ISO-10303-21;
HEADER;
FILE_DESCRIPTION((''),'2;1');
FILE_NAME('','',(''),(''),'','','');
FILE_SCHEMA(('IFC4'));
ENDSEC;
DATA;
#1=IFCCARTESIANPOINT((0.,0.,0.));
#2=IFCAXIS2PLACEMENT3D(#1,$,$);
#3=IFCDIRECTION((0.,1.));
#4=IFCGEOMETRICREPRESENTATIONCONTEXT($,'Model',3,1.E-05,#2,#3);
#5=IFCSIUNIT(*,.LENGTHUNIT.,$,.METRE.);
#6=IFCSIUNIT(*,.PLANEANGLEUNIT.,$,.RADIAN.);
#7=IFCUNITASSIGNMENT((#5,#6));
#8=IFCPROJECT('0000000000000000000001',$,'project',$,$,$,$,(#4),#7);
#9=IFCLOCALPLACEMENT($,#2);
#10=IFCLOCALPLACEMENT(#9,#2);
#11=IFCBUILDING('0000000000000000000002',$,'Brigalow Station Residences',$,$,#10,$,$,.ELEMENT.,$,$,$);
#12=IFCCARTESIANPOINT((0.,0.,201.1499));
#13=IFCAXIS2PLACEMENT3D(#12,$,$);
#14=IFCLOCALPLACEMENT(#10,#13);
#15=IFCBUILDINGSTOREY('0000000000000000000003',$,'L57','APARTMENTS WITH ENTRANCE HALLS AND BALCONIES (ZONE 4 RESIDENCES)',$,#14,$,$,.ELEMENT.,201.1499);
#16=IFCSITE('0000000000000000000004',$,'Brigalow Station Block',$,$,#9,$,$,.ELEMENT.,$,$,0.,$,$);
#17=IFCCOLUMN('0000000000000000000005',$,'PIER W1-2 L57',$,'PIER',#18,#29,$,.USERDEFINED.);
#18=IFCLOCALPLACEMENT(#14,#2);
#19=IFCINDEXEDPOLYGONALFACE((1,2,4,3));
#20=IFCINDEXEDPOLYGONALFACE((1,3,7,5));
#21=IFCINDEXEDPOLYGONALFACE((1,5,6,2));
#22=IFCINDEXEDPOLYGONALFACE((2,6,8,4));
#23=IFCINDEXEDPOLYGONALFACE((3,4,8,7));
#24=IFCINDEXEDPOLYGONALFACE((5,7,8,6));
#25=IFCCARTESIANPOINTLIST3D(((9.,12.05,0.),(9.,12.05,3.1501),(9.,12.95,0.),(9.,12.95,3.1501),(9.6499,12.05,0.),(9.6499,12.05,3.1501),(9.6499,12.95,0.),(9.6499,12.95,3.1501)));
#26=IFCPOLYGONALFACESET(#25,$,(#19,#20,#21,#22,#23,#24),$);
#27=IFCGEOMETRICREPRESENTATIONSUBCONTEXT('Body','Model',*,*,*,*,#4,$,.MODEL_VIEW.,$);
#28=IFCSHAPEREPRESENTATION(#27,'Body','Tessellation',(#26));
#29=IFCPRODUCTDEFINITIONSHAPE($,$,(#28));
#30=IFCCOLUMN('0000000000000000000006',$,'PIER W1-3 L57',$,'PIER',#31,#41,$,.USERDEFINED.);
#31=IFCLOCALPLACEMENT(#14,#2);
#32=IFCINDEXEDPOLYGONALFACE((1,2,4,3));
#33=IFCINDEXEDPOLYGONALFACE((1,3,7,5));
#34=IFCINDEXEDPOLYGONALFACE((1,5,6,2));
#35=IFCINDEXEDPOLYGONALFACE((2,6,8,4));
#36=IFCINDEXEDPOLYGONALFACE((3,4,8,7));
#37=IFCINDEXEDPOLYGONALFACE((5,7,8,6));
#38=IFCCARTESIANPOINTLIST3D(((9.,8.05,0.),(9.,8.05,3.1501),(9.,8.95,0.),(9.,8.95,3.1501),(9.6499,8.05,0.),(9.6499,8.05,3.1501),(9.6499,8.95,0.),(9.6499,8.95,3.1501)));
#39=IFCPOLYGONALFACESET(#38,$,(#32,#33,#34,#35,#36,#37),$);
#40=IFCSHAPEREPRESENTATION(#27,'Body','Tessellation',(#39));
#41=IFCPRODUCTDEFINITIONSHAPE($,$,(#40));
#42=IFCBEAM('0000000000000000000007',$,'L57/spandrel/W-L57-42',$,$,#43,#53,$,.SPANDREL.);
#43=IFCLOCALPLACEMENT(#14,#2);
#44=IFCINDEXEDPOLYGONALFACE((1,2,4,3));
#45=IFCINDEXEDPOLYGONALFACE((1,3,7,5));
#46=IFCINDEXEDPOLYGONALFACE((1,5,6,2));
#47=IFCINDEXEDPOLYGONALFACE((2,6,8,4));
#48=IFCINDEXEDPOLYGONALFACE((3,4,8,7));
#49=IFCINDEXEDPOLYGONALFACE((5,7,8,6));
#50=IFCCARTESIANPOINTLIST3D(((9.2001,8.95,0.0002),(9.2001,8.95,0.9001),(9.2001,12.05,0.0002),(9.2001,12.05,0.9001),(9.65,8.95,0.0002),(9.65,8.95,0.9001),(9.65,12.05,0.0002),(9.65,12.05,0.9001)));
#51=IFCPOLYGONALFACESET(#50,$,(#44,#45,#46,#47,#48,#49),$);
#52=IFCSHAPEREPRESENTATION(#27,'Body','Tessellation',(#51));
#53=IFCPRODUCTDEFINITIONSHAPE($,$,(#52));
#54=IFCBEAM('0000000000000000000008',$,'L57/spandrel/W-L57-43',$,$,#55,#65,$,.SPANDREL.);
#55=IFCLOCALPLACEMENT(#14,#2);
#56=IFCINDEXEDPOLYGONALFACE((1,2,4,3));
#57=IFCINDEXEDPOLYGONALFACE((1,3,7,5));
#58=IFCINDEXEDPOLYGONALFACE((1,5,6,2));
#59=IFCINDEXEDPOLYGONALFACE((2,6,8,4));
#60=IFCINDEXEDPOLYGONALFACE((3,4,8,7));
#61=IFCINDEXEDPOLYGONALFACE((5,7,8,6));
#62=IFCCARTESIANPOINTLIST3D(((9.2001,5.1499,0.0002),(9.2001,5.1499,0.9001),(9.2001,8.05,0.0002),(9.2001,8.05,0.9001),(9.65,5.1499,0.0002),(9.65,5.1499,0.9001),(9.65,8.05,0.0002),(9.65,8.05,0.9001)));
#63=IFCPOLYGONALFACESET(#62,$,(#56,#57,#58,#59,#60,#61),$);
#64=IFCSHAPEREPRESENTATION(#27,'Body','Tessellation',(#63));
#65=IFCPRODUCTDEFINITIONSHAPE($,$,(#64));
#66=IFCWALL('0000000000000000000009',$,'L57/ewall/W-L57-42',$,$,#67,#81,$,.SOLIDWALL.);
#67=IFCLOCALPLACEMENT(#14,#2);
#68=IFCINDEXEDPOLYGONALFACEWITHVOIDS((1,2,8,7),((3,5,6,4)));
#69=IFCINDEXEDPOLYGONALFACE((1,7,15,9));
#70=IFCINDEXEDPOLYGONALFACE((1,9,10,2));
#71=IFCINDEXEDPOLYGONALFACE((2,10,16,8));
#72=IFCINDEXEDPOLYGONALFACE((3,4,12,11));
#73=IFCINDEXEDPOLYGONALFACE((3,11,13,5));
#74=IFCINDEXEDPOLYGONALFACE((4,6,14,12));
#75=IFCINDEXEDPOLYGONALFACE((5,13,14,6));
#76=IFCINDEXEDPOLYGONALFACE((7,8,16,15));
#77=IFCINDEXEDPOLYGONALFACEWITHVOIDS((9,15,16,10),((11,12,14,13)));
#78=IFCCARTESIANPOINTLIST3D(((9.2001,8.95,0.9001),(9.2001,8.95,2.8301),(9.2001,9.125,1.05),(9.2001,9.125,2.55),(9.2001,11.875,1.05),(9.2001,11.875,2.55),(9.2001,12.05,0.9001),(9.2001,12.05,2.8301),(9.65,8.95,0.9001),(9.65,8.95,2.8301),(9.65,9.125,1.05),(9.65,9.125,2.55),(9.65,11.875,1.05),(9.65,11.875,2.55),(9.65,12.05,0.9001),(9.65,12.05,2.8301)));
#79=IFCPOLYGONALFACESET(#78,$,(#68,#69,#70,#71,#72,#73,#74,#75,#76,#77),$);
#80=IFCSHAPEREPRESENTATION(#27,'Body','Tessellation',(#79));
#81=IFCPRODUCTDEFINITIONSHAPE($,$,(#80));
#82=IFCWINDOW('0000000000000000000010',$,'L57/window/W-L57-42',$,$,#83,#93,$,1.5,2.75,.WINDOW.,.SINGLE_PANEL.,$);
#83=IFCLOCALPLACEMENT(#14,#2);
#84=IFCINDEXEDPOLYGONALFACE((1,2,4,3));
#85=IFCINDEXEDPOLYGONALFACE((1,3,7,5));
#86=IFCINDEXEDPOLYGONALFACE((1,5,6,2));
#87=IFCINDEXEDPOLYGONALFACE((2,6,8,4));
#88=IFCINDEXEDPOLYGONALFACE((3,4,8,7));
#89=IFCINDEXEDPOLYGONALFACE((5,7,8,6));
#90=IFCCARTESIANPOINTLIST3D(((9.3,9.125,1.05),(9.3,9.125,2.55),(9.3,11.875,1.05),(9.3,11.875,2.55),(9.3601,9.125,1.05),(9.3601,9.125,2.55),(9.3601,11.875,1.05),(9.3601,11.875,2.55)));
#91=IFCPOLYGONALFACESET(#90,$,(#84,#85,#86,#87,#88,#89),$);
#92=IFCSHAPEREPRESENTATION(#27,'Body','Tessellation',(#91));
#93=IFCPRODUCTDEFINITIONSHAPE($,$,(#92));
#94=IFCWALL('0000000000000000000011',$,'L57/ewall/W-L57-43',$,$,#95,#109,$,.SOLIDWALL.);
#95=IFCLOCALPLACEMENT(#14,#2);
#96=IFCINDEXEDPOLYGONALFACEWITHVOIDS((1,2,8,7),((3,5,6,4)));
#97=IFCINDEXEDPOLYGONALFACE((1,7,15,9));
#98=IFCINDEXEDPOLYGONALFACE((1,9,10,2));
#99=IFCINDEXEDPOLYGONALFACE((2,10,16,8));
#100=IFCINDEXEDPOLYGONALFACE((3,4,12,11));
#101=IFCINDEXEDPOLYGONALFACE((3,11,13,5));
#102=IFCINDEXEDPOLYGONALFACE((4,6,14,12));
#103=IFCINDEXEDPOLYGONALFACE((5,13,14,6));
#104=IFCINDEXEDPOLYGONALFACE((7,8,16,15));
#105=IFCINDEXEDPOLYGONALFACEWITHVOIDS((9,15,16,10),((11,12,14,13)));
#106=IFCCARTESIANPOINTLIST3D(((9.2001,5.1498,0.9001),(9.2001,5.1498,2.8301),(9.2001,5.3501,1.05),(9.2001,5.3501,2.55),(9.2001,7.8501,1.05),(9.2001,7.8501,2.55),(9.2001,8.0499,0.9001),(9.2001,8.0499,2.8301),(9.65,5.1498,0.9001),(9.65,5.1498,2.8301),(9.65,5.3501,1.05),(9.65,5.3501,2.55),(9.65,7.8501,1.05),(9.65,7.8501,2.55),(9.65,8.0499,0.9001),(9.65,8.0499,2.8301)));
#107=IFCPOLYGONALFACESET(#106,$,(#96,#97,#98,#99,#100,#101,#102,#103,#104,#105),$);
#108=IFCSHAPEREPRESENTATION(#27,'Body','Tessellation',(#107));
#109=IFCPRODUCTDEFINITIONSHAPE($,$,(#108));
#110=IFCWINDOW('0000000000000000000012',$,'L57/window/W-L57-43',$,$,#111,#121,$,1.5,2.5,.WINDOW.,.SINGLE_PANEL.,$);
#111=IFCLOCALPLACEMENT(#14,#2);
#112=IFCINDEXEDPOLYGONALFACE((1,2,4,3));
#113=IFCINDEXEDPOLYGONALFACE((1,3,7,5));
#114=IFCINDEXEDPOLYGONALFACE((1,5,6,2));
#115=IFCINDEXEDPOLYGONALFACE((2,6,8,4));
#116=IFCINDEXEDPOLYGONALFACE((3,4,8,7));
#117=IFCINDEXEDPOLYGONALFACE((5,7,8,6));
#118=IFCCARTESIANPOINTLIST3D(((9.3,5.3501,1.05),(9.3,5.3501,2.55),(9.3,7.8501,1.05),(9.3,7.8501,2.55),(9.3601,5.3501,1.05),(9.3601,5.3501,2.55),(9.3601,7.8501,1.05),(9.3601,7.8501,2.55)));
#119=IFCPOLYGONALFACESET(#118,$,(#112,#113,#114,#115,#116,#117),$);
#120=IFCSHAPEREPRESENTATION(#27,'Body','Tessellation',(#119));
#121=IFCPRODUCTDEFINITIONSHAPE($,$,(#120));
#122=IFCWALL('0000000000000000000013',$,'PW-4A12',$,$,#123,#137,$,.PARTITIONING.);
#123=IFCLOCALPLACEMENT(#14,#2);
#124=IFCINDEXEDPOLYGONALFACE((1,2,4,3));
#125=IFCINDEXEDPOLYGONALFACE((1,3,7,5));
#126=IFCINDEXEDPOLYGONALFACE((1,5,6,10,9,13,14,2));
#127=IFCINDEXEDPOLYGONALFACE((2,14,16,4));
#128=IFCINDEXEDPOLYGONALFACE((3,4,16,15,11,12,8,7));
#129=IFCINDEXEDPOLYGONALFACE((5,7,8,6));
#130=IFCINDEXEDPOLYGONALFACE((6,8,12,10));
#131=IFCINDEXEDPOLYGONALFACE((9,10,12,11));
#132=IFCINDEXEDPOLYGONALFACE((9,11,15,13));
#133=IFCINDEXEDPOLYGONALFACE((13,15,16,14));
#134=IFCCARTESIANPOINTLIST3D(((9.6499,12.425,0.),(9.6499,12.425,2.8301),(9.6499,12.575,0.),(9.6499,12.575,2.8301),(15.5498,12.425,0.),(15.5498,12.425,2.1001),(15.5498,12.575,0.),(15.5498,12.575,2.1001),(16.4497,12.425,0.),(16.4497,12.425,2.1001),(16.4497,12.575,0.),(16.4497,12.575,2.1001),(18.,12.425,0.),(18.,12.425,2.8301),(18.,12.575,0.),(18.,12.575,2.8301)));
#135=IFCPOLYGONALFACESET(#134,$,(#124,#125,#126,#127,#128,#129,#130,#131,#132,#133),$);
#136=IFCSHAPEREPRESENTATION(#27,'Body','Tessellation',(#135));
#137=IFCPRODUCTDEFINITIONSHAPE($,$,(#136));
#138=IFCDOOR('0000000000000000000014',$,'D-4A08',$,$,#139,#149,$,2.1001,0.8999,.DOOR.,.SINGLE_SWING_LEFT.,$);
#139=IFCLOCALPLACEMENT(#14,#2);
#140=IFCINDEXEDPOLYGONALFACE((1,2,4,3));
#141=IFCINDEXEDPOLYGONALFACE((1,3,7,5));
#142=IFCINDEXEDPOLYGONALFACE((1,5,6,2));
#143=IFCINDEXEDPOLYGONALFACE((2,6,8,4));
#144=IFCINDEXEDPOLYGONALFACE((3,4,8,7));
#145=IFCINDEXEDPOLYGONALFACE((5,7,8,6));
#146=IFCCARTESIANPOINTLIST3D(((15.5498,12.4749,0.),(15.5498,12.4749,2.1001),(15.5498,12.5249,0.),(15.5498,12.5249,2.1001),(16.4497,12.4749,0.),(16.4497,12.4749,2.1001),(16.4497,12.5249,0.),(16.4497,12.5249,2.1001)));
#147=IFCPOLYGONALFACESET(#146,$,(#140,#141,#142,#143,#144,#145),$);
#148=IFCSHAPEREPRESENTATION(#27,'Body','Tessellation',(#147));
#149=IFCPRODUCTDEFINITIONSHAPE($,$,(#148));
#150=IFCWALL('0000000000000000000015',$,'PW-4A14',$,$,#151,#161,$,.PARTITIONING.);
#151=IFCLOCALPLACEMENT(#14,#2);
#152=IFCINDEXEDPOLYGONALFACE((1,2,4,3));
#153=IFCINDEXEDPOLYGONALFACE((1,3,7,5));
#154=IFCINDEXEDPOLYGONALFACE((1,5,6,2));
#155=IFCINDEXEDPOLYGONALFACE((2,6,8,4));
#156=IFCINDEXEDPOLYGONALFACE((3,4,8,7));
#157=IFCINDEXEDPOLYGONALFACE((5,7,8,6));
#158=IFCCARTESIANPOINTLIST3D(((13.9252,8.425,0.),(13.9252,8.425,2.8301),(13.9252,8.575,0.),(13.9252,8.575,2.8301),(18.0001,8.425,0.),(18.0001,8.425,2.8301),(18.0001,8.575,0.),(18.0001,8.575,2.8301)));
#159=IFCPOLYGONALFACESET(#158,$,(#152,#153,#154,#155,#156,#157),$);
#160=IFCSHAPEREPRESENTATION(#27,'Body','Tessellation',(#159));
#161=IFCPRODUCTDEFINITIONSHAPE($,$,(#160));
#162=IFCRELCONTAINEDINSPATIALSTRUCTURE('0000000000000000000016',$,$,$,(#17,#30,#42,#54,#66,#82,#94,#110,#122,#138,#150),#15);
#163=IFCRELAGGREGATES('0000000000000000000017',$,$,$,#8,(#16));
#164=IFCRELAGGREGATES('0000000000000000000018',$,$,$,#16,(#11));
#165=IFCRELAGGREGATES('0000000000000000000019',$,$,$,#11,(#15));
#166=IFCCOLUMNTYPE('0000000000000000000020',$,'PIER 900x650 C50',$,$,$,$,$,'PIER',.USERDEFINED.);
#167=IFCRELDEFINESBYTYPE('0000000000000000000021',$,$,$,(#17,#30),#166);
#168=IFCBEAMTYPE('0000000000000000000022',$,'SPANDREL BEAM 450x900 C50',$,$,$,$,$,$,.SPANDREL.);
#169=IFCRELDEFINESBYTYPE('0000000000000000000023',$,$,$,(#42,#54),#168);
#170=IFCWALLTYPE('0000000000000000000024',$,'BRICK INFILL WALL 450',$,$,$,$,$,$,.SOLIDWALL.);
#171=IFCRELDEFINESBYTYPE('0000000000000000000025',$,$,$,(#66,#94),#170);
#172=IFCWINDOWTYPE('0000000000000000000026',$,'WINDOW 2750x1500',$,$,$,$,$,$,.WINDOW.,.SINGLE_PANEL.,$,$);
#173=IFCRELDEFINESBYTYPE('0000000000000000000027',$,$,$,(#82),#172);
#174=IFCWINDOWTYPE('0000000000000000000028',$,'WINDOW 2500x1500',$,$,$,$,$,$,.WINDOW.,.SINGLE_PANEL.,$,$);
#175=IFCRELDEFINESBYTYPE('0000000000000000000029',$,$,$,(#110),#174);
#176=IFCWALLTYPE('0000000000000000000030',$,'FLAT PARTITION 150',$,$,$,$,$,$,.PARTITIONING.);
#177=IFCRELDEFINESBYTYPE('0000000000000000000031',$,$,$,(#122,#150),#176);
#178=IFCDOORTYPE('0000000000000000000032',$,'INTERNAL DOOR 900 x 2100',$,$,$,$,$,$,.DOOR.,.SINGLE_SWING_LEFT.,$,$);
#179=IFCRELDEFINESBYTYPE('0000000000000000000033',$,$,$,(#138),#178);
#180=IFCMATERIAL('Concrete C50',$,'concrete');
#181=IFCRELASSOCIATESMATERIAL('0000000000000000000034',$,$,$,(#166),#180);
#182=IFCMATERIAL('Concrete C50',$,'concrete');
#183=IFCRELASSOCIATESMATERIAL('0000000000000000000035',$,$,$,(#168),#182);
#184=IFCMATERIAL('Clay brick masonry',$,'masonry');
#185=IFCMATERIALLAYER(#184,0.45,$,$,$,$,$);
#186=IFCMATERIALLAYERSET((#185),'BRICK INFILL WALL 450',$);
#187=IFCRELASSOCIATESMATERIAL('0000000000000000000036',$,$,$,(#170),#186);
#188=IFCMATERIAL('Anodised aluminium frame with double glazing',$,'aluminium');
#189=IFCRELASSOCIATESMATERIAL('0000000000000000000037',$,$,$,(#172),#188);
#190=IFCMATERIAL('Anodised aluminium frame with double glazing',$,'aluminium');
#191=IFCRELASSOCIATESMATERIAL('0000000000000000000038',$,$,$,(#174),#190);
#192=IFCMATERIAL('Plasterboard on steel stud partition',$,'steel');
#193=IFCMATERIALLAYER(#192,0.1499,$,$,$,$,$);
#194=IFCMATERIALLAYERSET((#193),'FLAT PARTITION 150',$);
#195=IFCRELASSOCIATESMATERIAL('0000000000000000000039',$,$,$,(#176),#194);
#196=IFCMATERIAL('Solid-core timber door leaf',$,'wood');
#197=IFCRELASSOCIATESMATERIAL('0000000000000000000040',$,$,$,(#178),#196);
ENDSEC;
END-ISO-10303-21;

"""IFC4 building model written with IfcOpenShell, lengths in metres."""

from ifc_helpers import new_model, si_unit, direction, frame, frame_2d, origin, origin_2d, place, context, subcontext, project, spatial, rectangle, extrude, material, layer, layer_set, material_profile, profile_set, type_object, element, fill, save


model = new_model("IFC4")

# Units and contexts
model_context = context("Model", 3, precision=1e-05, world=origin(), true_north=direction((0.0, 1.0)))
body_context = subcontext(model_context, "Body", "Model", "MODEL_VIEW")
ifc_project = project(units=[si_unit("LENGTHUNIT", "METRE"), si_unit("PLANEANGLEUNIT", "RADIAN")], contexts=[model_context])

# Site, building, storey
site_placement = place(None, origin())
site = spatial("IfcSite", under=ifc_project, at=site_placement, Name="Brigalow Station Block", CompositionType="ELEMENT", RefElevation=0.0)
building_placement = place(site_placement, origin())
building = spatial("IfcBuilding", under=site, at=building_placement, Name="Brigalow Station Residences", CompositionType="ELEMENT")
storey_placement = place(building_placement, frame((0.0, 0.0, 201.1499)))
storey = spatial("IfcBuildingStorey", under=building, at=storey_placement, Name="L57", Description="APARTMENTS WITH ENTRANCE HALLS AND BALCONIES (ZONE 4 RESIDENCES)", CompositionType="ELEMENT", Elevation=201.1499)

# Columns
ifc_material_1 = material(Name="Concrete C50", Category="concrete")
ifc_material_profile_1 = material_profile(ifc_material_1, rectangle(XDim=0.8999, YDim=0.6499, at=origin_2d()), Name="RC900x650")
ifc_profile_set_1 = profile_set([ifc_material_profile_1], Name="Concrete C50")
column_type = type_object("IfcColumnType", Name="PIER 900x650 C50", ElementType="PIER", PredefinedType="USERDEFINED", material=ifc_profile_set_1)
for number, where, z_axis, x_axis, name in (
    (1, (9.325, 12.5, 0.0), (0.0, 0.0, 1.0), (0.0, -1.0, 0.0), "PIER W1-2 L57"),
    (2, (9.325, 8.5, 0.0), (0.0, 0.0, 1.0), (0.0, -1.0, 0.0), "PIER W1-3 L57"),
):
    element("IfcColumn", number, at=place(storey_placement, frame(where, z_axis=z_axis, x_axis=x_axis)), inside=storey, type_object=column_type, Name=name, ObjectType="PIER", PredefinedType="USERDEFINED", context=body_context, shape_type="SweptSolid", body=[
        extrude(rectangle(XDim=0.8999, YDim=0.6499, at=origin_2d()), origin(), (0.0, 0.0, 1.0), 3.1501),
    ])

# Beams
ifc_material_2 = material(Name="Concrete C50", Category="concrete")
ifc_material_profile_2 = material_profile(ifc_material_2, rectangle(XDim=0.45, YDim=0.8999, at=origin_2d()), Name="RC450x900")
ifc_profile_set_2 = profile_set([ifc_material_profile_2], Name="Concrete C50")
beam_type = type_object("IfcBeamType", Name="SPANDREL BEAM 450x900 C50", PredefinedType="SPANDREL", material=ifc_profile_set_2)
beam_1_placement = place(storey_placement, frame((9.425, 12.05, 0.4502), z_axis=(0.0, -1.0, 0.0), x_axis=(1.0, 0.0, 0.0)))
element("IfcBeam", 3, at=beam_1_placement, inside=storey, type_object=beam_type, Name="L57/spandrel/W-L57-42", PredefinedType="SPANDREL", context=body_context, shape_type="SweptSolid", body=[
    extrude(rectangle(XDim=0.45, YDim=0.8999, at=origin_2d()), origin(), (0.0, 0.0, 1.0), 3.1001),
])
beam_2_placement = place(storey_placement, frame((9.425, 8.05, 0.4502), z_axis=(0.0, -1.0, 0.0), x_axis=(1.0, 0.0, 0.0)))
element("IfcBeam", 4, at=beam_2_placement, inside=storey, type_object=beam_type, Name="L57/spandrel/W-L57-43", PredefinedType="SPANDREL", context=body_context, shape_type="SweptSolid", body=[
    extrude(rectangle(XDim=0.45, YDim=0.8999, at=origin_2d()), origin(), (0.0, 0.0, 1.0), 2.9001),
])

# Walls, openings, windows
ifc_material_3 = material(Name="Clay brick masonry", Category="masonry")
ifc_layer_1 = layer(ifc_material_3, 0.45)
ifc_layer_set_1 = layer_set([ifc_layer_1], Name="BRICK INFILL WALL 450")
wall_type_1 = type_object("IfcWallType", Name="BRICK INFILL WALL 450", PredefinedType="SOLIDWALL", material=ifc_layer_set_1)
wall_1_placement = place(storey_placement, frame((9.425, 12.05, 0.9001), z_axis=(0.0, 0.0, 1.0), x_axis=(0.0, -1.0, 0.0)))
wall_1 = element("IfcWall", 5, at=wall_1_placement, inside=storey, type_object=wall_type_1, Name="L57/ewall/W-L57-42", PredefinedType="SOLIDWALL", context=body_context, shape_type="SweptSolid", body=[
    extrude(rectangle(XDim=3.1001, YDim=0.45, at=frame_2d((1.55, 0.0))), origin(), (0.0, 0.0, 1.0), 1.9299),
])
opening_1_placement = place(wall_1_placement, frame((0.175, 0.0, 0.1499)))
opening_1 = element("IfcOpeningElement", 6, at=opening_1_placement, cuts=wall_1, PredefinedType="OPENING", context=body_context, shape_type="SweptSolid", body=[
    extrude(rectangle(XDim=2.75, YDim=1.5, at=frame_2d((1.375, 0.75))), frame((0.0, 0.2349, 0.0), z_axis=(0.0, -1.0, 0.0), x_axis=(1.0, 0.0, 0.0)), (0.0, 0.0, 1.0), 0.47),
])
ifc_material_4 = material(Name="Anodised aluminium frame with double glazing", Category="aluminium")
window_type_1 = type_object("IfcWindowType", Name="WINDOW 2750x1500", PartitioningType="SINGLE_PANEL", PredefinedType="WINDOW", material=ifc_material_4)
window_1_placement = place(opening_1_placement, origin())
window_1 = element("IfcWindow", 7, at=window_1_placement, inside=storey, type_object=window_type_1, Name="L57/window/W-L57-42", OverallHeight=1.5, OverallWidth=2.75, PartitioningType="SINGLE_PANEL", PredefinedType="WINDOW", context=body_context, shape_type="SweptSolid", body=[
    extrude(rectangle(XDim=2.75, YDim=1.5, at=frame_2d((1.375, 0.75))), frame((0.0, -0.0649, 0.0), z_axis=(0.0, -1.0, 0.0), x_axis=(1.0, 0.0, 0.0)), (0.0, 0.0, 1.0), 0.0601),
])
fill(opening_1, window_1)
wall_2_placement = place(storey_placement, frame((9.425, 8.05, 0.9001), z_axis=(0.0, 0.0, 1.0), x_axis=(0.0, -1.0, 0.0)))
wall_2 = element("IfcWall", 8, at=wall_2_placement, inside=storey, type_object=wall_type_1, Name="L57/ewall/W-L57-43", PredefinedType="SOLIDWALL", context=body_context, shape_type="SweptSolid", body=[
    extrude(rectangle(XDim=2.9001, YDim=0.45, at=frame_2d((1.4502, 0.0))), origin(), (0.0, 0.0, 1.0), 1.9299),
])
opening_2_placement = place(wall_2_placement, frame((0.2, 0.0, 0.1499)))
opening_2 = element("IfcOpeningElement", 9, at=opening_2_placement, cuts=wall_2, PredefinedType="OPENING", context=body_context, shape_type="SweptSolid", body=[
    extrude(rectangle(XDim=2.5, YDim=1.5, at=frame_2d((1.25, 0.75))), frame((0.0, 0.2349, 0.0), z_axis=(0.0, -1.0, 0.0), x_axis=(1.0, 0.0, 0.0)), (0.0, 0.0, 1.0), 0.47),
])
ifc_material_5 = material(Name="Anodised aluminium frame with double glazing", Category="aluminium")
window_type_2 = type_object("IfcWindowType", Name="WINDOW 2500x1500", PartitioningType="SINGLE_PANEL", PredefinedType="WINDOW", material=ifc_material_5)
window_2_placement = place(opening_2_placement, origin())
window_2 = element("IfcWindow", 10, at=window_2_placement, inside=storey, type_object=window_type_2, Name="L57/window/W-L57-43", OverallHeight=1.5, OverallWidth=2.5, PartitioningType="SINGLE_PANEL", PredefinedType="WINDOW", context=body_context, shape_type="SweptSolid", body=[
    extrude(rectangle(XDim=2.5, YDim=1.5, at=frame_2d((1.25, 0.75))), frame((0.0, -0.0649, 0.0), z_axis=(0.0, -1.0, 0.0), x_axis=(1.0, 0.0, 0.0)), (0.0, 0.0, 1.0), 0.0601),
])
fill(opening_2, window_2)

# Wall, opening, door
ifc_material_6 = material(Name="Plasterboard on steel stud partition", Category="steel")
ifc_layer_2 = layer(ifc_material_6, 0.1499)
ifc_layer_set_2 = layer_set([ifc_layer_2], Name="FLAT PARTITION 150")
wall_type_2 = type_object("IfcWallType", Name="FLAT PARTITION 150", PredefinedType="PARTITIONING", material=ifc_layer_set_2)
wall_3_placement = place(storey_placement, frame((9.6499, 12.5, 0.0), z_axis=(0.0, 0.0, 1.0), x_axis=(1.0, 0.0, 0.0)))
wall_3 = element("IfcWall", 11, at=wall_3_placement, inside=storey, type_object=wall_type_2, Name="PW-4A12", PredefinedType="PARTITIONING", context=body_context, shape_type="SweptSolid", body=[
    extrude(rectangle(XDim=8.3501, YDim=0.1499, at=frame_2d((4.175, 0.0))), origin(), (0.0, 0.0, 1.0), 2.8301),
])
opening_3_placement = place(wall_3_placement, frame((5.8999, 0.0, 0.0)))
opening_3 = element("IfcOpeningElement", 12, at=opening_3_placement, cuts=wall_3, PredefinedType="OPENING", context=body_context, shape_type="SweptSolid", body=[
    extrude(rectangle(XDim=0.8999, YDim=2.1001, at=frame_2d((0.45, 1.05))), frame((0.0, 0.085, 0.0), z_axis=(0.0, -1.0, 0.0), x_axis=(1.0, 0.0, 0.0)), (0.0, 0.0, 1.0), 0.1699),
])
ifc_material_7 = material(Name="Solid-core timber door leaf", Category="wood")
door_type = type_object("IfcDoorType", Name="INTERNAL DOOR 900 x 2100", OperationType="SINGLE_SWING_LEFT", PredefinedType="DOOR", material=ifc_material_7)
door_1_placement = place(opening_3_placement, origin())
door_1 = element("IfcDoor", 13, at=door_1_placement, inside=storey, type_object=door_type, Name="D-4A08", OperationType="SINGLE_SWING_LEFT", OverallHeight=2.1001, OverallWidth=0.8999, PredefinedType="DOOR", context=body_context, shape_type="SweptSolid", body=[
    extrude(rectangle(XDim=0.8999, YDim=2.1001, at=frame_2d((0.45, 1.05))), frame((0.0, 0.0249, 0.0), z_axis=(0.0, -1.0, 0.0), x_axis=(1.0, 0.0, 0.0)), (0.0, 0.0, 1.0), 0.05),
])
fill(opening_3, door_1)

# Wall
wall_4_placement = place(storey_placement, frame((13.925, 8.5, 0.0), z_axis=(0.0, 0.0, 1.0), x_axis=(1.0, 0.0, 0.0)))
element("IfcWall", 14, at=wall_4_placement, inside=storey, type_object=wall_type_2, Name="PW-4A14", PredefinedType="PARTITIONING", context=body_context, shape_type="SweptSolid", body=[
    extrude(rectangle(XDim=4.075, YDim=0.1499, at=frame_2d((2.0376, 0.0))), origin(), (0.0, 0.0, 1.0), 2.8301),
])

save(model, "model.ifc")
